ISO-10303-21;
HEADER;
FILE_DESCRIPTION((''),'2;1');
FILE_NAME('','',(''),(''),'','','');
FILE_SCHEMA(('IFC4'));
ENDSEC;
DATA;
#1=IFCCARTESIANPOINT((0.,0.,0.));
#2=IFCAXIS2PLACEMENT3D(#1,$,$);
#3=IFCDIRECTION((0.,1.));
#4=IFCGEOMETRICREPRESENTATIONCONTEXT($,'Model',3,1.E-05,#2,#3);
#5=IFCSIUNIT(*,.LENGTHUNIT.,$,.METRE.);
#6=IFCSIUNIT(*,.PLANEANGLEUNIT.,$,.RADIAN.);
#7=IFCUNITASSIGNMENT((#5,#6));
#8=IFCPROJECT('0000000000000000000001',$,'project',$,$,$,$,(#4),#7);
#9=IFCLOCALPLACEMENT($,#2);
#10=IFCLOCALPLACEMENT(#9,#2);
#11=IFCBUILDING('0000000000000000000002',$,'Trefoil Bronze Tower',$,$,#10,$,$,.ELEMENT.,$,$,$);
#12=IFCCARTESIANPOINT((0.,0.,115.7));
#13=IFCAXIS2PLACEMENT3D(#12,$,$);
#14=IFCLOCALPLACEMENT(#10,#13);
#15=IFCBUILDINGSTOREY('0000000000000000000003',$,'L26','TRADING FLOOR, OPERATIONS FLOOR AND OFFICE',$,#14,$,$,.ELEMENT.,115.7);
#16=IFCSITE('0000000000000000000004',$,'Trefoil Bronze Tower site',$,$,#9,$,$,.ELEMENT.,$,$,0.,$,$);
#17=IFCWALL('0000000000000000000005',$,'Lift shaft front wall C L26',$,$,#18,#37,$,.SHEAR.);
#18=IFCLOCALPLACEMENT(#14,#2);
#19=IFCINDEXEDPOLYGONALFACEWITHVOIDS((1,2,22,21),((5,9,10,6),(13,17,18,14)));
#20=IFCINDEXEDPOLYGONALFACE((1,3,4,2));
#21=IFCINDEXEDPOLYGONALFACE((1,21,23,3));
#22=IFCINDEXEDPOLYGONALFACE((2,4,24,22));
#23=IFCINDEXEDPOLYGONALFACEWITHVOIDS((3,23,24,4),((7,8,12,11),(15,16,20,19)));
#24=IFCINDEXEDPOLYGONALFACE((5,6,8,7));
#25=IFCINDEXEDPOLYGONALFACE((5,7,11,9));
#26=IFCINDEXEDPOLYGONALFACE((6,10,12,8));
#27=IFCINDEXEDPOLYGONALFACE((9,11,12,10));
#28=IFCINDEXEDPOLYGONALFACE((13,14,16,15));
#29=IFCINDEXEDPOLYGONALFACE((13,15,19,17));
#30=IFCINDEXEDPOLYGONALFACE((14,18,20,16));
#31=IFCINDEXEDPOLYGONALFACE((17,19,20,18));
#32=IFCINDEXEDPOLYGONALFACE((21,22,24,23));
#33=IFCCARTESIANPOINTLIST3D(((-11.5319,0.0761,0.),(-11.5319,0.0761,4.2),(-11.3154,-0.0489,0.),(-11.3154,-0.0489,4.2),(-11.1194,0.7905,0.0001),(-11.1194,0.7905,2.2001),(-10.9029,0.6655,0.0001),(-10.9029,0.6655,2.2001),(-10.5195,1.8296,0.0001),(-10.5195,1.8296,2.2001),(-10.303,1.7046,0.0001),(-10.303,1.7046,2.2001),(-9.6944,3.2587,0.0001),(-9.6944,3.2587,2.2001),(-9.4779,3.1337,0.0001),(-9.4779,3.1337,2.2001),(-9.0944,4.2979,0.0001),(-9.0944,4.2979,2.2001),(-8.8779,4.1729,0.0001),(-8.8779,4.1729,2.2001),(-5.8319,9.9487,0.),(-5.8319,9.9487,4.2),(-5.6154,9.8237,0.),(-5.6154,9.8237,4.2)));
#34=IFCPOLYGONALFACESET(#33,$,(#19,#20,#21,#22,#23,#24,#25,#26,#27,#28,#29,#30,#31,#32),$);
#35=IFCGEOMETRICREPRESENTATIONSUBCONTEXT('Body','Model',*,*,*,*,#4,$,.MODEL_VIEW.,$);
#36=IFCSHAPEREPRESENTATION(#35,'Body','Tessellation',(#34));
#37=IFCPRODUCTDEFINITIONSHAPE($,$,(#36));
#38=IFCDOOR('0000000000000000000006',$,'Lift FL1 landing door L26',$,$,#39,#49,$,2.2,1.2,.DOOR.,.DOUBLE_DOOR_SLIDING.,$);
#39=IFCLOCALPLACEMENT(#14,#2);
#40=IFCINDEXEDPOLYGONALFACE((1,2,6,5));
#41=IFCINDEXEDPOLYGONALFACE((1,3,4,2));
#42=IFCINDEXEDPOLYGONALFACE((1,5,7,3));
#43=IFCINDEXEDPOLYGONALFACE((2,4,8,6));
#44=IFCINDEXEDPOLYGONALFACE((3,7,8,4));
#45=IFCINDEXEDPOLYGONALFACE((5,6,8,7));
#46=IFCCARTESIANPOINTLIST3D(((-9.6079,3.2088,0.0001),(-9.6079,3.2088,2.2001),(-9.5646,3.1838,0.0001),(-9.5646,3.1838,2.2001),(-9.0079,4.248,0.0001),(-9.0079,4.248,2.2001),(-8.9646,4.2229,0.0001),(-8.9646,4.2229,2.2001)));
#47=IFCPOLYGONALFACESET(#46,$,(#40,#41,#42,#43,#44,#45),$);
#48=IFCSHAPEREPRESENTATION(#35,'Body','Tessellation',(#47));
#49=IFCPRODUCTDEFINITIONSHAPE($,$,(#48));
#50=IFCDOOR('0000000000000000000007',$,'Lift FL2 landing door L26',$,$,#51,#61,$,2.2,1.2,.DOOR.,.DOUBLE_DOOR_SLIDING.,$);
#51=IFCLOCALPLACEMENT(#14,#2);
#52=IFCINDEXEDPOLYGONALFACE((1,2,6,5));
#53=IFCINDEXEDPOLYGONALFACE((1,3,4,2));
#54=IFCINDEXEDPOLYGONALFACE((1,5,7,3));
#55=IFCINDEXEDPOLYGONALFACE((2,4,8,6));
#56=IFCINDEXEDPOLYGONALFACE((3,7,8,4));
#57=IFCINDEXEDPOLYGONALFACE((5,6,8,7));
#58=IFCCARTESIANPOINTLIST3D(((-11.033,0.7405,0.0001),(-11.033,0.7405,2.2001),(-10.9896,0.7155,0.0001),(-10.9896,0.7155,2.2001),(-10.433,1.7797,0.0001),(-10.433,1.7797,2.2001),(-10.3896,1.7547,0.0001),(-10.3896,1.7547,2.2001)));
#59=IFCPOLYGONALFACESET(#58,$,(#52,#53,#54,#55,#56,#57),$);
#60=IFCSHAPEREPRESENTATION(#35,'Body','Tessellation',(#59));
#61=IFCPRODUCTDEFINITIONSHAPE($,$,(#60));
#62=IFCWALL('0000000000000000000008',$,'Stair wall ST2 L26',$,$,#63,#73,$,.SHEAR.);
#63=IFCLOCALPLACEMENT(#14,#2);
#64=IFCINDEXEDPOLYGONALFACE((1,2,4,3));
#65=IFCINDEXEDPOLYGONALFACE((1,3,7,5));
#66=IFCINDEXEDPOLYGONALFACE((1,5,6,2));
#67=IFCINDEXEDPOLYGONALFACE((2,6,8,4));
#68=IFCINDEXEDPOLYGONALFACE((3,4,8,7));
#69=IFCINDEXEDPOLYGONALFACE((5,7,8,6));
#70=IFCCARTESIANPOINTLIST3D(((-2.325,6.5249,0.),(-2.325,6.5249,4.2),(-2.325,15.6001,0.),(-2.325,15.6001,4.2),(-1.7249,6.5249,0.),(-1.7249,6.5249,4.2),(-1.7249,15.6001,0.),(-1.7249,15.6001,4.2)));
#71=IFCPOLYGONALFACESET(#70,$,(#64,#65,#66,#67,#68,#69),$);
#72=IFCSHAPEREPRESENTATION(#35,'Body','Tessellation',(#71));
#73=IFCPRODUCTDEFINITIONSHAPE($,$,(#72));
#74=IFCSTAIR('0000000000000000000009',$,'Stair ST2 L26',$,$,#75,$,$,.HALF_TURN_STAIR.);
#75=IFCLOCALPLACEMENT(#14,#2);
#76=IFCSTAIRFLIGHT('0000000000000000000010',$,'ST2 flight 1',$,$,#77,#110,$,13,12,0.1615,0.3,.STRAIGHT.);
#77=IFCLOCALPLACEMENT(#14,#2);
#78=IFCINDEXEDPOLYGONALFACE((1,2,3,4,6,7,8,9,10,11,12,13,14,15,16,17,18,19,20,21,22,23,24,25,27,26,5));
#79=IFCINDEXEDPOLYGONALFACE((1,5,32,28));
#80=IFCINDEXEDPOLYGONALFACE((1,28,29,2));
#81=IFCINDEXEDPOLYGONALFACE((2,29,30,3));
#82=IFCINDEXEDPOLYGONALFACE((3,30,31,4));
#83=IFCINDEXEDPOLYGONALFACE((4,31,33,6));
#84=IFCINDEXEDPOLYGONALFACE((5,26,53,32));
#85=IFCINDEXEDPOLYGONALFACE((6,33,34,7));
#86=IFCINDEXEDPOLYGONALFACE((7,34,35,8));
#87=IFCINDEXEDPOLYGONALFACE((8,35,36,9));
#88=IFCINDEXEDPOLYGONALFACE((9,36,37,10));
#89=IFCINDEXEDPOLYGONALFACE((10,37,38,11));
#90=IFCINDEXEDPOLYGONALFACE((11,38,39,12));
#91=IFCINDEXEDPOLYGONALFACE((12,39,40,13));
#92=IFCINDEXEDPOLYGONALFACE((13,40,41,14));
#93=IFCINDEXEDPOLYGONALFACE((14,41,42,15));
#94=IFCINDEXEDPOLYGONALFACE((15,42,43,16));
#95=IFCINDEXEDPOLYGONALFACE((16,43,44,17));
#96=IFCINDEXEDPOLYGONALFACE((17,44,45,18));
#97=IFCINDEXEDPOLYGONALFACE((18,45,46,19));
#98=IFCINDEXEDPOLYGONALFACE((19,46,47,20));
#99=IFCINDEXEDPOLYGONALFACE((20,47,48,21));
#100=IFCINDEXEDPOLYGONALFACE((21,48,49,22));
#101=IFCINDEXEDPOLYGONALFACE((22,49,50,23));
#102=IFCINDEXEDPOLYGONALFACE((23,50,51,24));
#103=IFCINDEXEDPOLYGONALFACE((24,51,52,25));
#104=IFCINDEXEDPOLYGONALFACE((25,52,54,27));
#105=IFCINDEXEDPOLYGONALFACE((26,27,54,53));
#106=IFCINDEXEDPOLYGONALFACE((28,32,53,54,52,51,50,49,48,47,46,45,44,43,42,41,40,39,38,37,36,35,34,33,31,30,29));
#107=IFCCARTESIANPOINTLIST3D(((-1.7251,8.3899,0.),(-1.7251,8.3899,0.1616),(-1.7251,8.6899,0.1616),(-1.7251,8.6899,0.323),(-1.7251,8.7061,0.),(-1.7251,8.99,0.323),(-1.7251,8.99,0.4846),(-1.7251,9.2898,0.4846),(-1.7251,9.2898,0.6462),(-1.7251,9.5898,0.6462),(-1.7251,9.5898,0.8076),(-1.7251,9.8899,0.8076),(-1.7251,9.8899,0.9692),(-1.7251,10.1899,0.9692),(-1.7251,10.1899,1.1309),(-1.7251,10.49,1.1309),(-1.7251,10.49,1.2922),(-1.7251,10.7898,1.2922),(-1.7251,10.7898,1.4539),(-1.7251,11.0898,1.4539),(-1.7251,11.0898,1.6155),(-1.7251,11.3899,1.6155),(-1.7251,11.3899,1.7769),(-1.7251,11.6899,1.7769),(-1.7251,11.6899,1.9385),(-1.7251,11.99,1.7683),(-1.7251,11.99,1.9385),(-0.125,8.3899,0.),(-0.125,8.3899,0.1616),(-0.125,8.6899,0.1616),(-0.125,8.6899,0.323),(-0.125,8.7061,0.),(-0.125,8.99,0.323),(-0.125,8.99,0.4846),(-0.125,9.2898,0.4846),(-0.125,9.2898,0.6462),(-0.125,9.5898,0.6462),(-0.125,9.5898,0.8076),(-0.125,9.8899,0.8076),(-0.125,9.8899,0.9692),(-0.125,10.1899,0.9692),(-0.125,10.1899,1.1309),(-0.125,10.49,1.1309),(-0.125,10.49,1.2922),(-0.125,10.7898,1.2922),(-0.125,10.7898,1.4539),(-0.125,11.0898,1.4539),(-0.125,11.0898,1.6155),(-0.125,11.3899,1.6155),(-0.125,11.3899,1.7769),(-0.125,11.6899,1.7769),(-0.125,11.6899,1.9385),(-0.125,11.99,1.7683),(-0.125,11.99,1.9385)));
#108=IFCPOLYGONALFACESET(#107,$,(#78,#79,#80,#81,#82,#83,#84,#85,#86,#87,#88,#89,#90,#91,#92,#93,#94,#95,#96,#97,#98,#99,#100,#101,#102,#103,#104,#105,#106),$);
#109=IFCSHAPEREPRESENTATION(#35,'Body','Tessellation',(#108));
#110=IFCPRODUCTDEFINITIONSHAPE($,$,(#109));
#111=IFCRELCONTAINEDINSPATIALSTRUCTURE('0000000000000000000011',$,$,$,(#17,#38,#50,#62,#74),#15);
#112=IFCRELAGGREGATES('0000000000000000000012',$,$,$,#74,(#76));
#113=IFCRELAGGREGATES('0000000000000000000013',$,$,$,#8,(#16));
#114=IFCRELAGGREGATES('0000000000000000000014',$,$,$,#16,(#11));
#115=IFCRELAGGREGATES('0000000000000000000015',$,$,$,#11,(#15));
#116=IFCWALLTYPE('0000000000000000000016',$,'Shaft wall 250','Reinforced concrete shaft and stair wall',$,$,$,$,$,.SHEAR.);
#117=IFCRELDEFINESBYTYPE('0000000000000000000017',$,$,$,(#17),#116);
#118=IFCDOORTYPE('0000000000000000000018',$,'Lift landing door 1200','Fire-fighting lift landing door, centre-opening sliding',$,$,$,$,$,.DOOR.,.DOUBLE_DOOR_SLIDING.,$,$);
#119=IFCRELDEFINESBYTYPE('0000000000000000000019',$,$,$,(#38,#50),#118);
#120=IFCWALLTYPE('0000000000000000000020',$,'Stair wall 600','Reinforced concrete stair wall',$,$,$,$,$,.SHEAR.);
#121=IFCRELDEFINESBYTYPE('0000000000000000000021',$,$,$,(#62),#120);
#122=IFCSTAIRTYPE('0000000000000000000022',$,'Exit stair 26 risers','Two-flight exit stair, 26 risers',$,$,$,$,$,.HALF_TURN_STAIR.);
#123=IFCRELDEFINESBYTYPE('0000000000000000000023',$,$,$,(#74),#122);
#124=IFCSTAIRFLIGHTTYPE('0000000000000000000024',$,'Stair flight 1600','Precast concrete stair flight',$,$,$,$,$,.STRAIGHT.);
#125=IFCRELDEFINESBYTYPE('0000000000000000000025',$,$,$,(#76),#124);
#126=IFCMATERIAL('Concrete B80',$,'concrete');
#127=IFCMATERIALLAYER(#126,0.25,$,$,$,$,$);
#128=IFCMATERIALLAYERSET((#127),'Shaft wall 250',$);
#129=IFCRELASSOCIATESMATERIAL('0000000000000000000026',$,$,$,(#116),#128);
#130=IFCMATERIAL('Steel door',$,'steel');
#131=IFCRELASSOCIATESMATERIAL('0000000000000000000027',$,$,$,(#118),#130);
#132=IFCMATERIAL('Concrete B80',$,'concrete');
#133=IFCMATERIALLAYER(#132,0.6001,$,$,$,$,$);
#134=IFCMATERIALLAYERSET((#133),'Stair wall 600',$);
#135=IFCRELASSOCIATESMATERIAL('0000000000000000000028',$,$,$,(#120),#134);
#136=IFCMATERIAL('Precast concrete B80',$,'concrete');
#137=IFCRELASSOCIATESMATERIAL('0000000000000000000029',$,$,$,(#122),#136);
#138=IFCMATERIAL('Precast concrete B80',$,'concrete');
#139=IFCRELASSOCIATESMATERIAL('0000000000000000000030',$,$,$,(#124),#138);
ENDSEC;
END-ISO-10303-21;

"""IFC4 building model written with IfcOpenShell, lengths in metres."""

from ifc_helpers import new_model, si_unit, direction, frame, frame_2d, origin, place, context, subcontext, project, spatial, polyline, rectangle, outline, extrude, material, layer, layer_set, type_object, element, fill, aggregate, save


model = new_model("IFC4")

# Units and contexts
model_context = context("Model", 3, precision=1e-05, world=origin(), true_north=direction((0.0, 1.0)))
body_context = subcontext(model_context, "Body", "Model", "MODEL_VIEW")
ifc_project = project(units=[si_unit("LENGTHUNIT", "METRE"), si_unit("PLANEANGLEUNIT", "RADIAN")], contexts=[model_context])

# Site, building, storey
site_placement = place(None, origin())
site = spatial("IfcSite", under=ifc_project, at=site_placement, Name="Trefoil Bronze Tower site", CompositionType="ELEMENT", RefElevation=0.0)
building_placement = place(site_placement, origin())
building = spatial("IfcBuilding", under=site, at=building_placement, Name="Trefoil Bronze Tower", CompositionType="ELEMENT")
storey_placement = place(building_placement, frame((0.0, 0.0, 115.7)))
storey = spatial("IfcBuildingStorey", under=building, at=storey_placement, Name="L26", Description="TRADING FLOOR, OPERATIONS FLOOR AND OFFICE", CompositionType="ELEMENT", Elevation=115.7)

# Wall, openings, doors
ifc_material_1 = material(Name="Concrete B80", Category="concrete")
ifc_layer_1 = layer(ifc_material_1, 0.25)
ifc_layer_set_1 = layer_set([ifc_layer_1], Name="Shaft wall 250")
wall_type_1 = type_object("IfcWallType", Name="Shaft wall 250", Description="Reinforced concrete shaft and stair wall", PredefinedType="SHEAR", material=ifc_layer_set_1)
wall_1_placement = place(storey_placement, frame((-5.7236, 9.8862, 0.0), z_axis=(0.0, 0.0, 1.0), x_axis=(-0.500002, -0.866024, 0.0)))
wall_1 = element("IfcWall", 1, at=wall_1_placement, inside=storey, type_object=wall_type_1, Name="Lift shaft front wall C L26", PredefinedType="SHEAR", context=body_context, shape_type="SweptSolid", body=[
    extrude(rectangle(XDim=11.3999, YDim=0.25, at=frame_2d((5.7, 0.0))), origin(), (0.0, 0.0, 1.0), 4.2),
])
opening_1_placement = place(wall_1_placement, frame((6.5249, 0.0, 0.0)))
opening_1 = element("IfcOpeningElement", 2, at=opening_1_placement, cuts=wall_1, PredefinedType="OPENING", context=body_context, shape_type="SweptSolid", body=[
    extrude(rectangle(XDim=1.2, YDim=2.2, at=frame_2d((0.6001, 1.1001))), frame((0.0, 0.135, 0.0), z_axis=(0.0, -1.0, 0.0), x_axis=(1.0, 0.0, 0.0)), (0.0, 0.0, 1.0), 0.27),
])
opening_2_placement = place(wall_1_placement, frame((9.375, 0.0, 0.0)))
opening_2 = element("IfcOpeningElement", 3, at=opening_2_placement, cuts=wall_1, PredefinedType="OPENING", context=body_context, shape_type="SweptSolid", body=[
    extrude(rectangle(XDim=1.2, YDim=2.2, at=frame_2d((0.6001, 1.1001))), frame((0.0, 0.135, 0.0), z_axis=(0.0, -1.0, 0.0), x_axis=(1.0, 0.0, 0.0)), (0.0, 0.0, 1.0), 0.27),
])
ifc_material_2 = material(Name="Steel door", Category="steel")
door_type_1 = type_object("IfcDoorType", Name="Lift landing door 1200", Description="Fire-fighting lift landing door, centre-opening sliding", OperationType="DOUBLE_DOOR_SLIDING", PredefinedType="DOOR", material=ifc_material_2)
door_1_placement = place(opening_1_placement, origin())
door_1 = element("IfcDoor", 4, at=door_1_placement, inside=storey, type_object=door_type_1, Name="Lift FL1 landing door L26", OperationType="DOUBLE_DOOR_SLIDING", OverallHeight=2.2, OverallWidth=1.2, PredefinedType="DOOR", context=body_context, shape_type="SweptSolid", body=[
    extrude(rectangle(XDim=1.2, YDim=2.2, at=frame_2d((0.6001, 1.1001))), frame((0.0, 0.0249, 0.0), z_axis=(0.0, -1.0, 0.0), x_axis=(1.0, 0.0, 0.0)), (0.0, 0.0, 1.0), 0.05),
])
fill(opening_1, door_1)
door_2_placement = place(opening_2_placement, origin())
door_2 = element("IfcDoor", 5, at=door_2_placement, inside=storey, type_object=door_type_1, Name="Lift FL2 landing door L26", OperationType="DOUBLE_DOOR_SLIDING", OverallHeight=2.2, OverallWidth=1.2, PredefinedType="DOOR", context=body_context, shape_type="SweptSolid", body=[
    extrude(rectangle(XDim=1.2, YDim=2.2, at=frame_2d((0.6001, 1.1001))), frame((0.0, 0.0249, 0.0), z_axis=(0.0, -1.0, 0.0), x_axis=(1.0, 0.0, 0.0)), (0.0, 0.0, 1.0), 0.05),
])
fill(opening_2, door_2)

# Wall
ifc_material_3 = material(Name="Concrete B80", Category="concrete")
ifc_layer_2 = layer(ifc_material_3, 0.6001)
ifc_layer_set_2 = layer_set([ifc_layer_2], Name="Stair wall 600")
wall_type_2 = type_object("IfcWallType", Name="Stair wall 600", Description="Reinforced concrete stair wall", PredefinedType="SHEAR", material=ifc_layer_set_2)
wall_2_placement = place(storey_placement, frame((-2.0249, 6.5249, 0.0), z_axis=(0.0, 0.0, 1.0), x_axis=(0.0, 1.0, 0.0)))
element("IfcWall", 6, at=wall_2_placement, inside=storey, type_object=wall_type_2, Name="Stair wall ST2 L26", PredefinedType="SHEAR", context=body_context, shape_type="SweptSolid", body=[
    extrude(rectangle(XDim=9.0752, YDim=0.6001, at=frame_2d((4.5376, 0.0))), origin(), (0.0, 0.0, 1.0), 4.2),
])

# Stair, stair flight
ifc_material_4 = material(Name="Precast concrete B80", Category="concrete")
stair_type = type_object("IfcStairType", Name="Exit stair 26 risers", Description="Two-flight exit stair, 26 risers", PredefinedType="HALF_TURN_STAIR", material=ifc_material_4)
stair_placement = place(storey_placement, origin())
stair = element("IfcStair", 7, at=stair_placement, inside=storey, type_object=stair_type, Name="Stair ST2 L26", PredefinedType="HALF_TURN_STAIR")
ifc_material_5 = material(Name="Precast concrete B80", Category="concrete")
stair_flight_type = type_object("IfcStairFlightType", Name="Stair flight 1600", Description="Precast concrete stair flight", PredefinedType="STRAIGHT", material=ifc_material_5)
stair_flight_placement = place(storey_placement, frame((-0.925, 8.3899, 0.0), z_axis=(0.0, 0.0, 1.0), x_axis=(0.0, 1.0, 0.0)))
stair_flight = element("IfcStairFlight", 8, at=stair_flight_placement, type_object=stair_flight_type, Name="ST2 flight 1", NumberOfRisers=13, NumberOfTreads=12, PredefinedType="STRAIGHT", RiserHeight=0.1615, TreadLength=0.3, context=body_context, shape_type="SweptSolid", body=[
    extrude(outline(polyline([(0.0, 0.0), (0.0, 0.1616), (0.3, 0.1616), (0.3, 0.323), (0.6001, 0.323), (0.6001, 0.4846), (0.8999, 0.4846), (0.8999, 0.6462), (1.2, 0.6462), (1.2, 0.8076), (1.5, 0.8076), (1.5, 0.9692), (1.8, 0.9692), (1.8, 1.1309), (2.1001, 1.1309), (2.1001, 1.2922), (2.3999, 1.2922), (2.3999, 1.4539), (2.7, 1.4539), (2.7, 1.6155), (3.0, 1.6155), (3.0, 1.7769), (3.3, 1.7769), (3.3, 1.9385), (3.6001, 1.9385), (3.6001, 2.1001), (3.6001, 1.7683), (0.3162, 0.0), (0.0, 0.0)])), frame((0.0, 0.8, 0.0), z_axis=(0.0, -1.0, 0.0), x_axis=(1.0, 0.0, 0.0)), (0.0, 0.0, 1.0), 1.6001),
])
aggregate(stair, [stair_flight])

save(model, "model.ifc")
